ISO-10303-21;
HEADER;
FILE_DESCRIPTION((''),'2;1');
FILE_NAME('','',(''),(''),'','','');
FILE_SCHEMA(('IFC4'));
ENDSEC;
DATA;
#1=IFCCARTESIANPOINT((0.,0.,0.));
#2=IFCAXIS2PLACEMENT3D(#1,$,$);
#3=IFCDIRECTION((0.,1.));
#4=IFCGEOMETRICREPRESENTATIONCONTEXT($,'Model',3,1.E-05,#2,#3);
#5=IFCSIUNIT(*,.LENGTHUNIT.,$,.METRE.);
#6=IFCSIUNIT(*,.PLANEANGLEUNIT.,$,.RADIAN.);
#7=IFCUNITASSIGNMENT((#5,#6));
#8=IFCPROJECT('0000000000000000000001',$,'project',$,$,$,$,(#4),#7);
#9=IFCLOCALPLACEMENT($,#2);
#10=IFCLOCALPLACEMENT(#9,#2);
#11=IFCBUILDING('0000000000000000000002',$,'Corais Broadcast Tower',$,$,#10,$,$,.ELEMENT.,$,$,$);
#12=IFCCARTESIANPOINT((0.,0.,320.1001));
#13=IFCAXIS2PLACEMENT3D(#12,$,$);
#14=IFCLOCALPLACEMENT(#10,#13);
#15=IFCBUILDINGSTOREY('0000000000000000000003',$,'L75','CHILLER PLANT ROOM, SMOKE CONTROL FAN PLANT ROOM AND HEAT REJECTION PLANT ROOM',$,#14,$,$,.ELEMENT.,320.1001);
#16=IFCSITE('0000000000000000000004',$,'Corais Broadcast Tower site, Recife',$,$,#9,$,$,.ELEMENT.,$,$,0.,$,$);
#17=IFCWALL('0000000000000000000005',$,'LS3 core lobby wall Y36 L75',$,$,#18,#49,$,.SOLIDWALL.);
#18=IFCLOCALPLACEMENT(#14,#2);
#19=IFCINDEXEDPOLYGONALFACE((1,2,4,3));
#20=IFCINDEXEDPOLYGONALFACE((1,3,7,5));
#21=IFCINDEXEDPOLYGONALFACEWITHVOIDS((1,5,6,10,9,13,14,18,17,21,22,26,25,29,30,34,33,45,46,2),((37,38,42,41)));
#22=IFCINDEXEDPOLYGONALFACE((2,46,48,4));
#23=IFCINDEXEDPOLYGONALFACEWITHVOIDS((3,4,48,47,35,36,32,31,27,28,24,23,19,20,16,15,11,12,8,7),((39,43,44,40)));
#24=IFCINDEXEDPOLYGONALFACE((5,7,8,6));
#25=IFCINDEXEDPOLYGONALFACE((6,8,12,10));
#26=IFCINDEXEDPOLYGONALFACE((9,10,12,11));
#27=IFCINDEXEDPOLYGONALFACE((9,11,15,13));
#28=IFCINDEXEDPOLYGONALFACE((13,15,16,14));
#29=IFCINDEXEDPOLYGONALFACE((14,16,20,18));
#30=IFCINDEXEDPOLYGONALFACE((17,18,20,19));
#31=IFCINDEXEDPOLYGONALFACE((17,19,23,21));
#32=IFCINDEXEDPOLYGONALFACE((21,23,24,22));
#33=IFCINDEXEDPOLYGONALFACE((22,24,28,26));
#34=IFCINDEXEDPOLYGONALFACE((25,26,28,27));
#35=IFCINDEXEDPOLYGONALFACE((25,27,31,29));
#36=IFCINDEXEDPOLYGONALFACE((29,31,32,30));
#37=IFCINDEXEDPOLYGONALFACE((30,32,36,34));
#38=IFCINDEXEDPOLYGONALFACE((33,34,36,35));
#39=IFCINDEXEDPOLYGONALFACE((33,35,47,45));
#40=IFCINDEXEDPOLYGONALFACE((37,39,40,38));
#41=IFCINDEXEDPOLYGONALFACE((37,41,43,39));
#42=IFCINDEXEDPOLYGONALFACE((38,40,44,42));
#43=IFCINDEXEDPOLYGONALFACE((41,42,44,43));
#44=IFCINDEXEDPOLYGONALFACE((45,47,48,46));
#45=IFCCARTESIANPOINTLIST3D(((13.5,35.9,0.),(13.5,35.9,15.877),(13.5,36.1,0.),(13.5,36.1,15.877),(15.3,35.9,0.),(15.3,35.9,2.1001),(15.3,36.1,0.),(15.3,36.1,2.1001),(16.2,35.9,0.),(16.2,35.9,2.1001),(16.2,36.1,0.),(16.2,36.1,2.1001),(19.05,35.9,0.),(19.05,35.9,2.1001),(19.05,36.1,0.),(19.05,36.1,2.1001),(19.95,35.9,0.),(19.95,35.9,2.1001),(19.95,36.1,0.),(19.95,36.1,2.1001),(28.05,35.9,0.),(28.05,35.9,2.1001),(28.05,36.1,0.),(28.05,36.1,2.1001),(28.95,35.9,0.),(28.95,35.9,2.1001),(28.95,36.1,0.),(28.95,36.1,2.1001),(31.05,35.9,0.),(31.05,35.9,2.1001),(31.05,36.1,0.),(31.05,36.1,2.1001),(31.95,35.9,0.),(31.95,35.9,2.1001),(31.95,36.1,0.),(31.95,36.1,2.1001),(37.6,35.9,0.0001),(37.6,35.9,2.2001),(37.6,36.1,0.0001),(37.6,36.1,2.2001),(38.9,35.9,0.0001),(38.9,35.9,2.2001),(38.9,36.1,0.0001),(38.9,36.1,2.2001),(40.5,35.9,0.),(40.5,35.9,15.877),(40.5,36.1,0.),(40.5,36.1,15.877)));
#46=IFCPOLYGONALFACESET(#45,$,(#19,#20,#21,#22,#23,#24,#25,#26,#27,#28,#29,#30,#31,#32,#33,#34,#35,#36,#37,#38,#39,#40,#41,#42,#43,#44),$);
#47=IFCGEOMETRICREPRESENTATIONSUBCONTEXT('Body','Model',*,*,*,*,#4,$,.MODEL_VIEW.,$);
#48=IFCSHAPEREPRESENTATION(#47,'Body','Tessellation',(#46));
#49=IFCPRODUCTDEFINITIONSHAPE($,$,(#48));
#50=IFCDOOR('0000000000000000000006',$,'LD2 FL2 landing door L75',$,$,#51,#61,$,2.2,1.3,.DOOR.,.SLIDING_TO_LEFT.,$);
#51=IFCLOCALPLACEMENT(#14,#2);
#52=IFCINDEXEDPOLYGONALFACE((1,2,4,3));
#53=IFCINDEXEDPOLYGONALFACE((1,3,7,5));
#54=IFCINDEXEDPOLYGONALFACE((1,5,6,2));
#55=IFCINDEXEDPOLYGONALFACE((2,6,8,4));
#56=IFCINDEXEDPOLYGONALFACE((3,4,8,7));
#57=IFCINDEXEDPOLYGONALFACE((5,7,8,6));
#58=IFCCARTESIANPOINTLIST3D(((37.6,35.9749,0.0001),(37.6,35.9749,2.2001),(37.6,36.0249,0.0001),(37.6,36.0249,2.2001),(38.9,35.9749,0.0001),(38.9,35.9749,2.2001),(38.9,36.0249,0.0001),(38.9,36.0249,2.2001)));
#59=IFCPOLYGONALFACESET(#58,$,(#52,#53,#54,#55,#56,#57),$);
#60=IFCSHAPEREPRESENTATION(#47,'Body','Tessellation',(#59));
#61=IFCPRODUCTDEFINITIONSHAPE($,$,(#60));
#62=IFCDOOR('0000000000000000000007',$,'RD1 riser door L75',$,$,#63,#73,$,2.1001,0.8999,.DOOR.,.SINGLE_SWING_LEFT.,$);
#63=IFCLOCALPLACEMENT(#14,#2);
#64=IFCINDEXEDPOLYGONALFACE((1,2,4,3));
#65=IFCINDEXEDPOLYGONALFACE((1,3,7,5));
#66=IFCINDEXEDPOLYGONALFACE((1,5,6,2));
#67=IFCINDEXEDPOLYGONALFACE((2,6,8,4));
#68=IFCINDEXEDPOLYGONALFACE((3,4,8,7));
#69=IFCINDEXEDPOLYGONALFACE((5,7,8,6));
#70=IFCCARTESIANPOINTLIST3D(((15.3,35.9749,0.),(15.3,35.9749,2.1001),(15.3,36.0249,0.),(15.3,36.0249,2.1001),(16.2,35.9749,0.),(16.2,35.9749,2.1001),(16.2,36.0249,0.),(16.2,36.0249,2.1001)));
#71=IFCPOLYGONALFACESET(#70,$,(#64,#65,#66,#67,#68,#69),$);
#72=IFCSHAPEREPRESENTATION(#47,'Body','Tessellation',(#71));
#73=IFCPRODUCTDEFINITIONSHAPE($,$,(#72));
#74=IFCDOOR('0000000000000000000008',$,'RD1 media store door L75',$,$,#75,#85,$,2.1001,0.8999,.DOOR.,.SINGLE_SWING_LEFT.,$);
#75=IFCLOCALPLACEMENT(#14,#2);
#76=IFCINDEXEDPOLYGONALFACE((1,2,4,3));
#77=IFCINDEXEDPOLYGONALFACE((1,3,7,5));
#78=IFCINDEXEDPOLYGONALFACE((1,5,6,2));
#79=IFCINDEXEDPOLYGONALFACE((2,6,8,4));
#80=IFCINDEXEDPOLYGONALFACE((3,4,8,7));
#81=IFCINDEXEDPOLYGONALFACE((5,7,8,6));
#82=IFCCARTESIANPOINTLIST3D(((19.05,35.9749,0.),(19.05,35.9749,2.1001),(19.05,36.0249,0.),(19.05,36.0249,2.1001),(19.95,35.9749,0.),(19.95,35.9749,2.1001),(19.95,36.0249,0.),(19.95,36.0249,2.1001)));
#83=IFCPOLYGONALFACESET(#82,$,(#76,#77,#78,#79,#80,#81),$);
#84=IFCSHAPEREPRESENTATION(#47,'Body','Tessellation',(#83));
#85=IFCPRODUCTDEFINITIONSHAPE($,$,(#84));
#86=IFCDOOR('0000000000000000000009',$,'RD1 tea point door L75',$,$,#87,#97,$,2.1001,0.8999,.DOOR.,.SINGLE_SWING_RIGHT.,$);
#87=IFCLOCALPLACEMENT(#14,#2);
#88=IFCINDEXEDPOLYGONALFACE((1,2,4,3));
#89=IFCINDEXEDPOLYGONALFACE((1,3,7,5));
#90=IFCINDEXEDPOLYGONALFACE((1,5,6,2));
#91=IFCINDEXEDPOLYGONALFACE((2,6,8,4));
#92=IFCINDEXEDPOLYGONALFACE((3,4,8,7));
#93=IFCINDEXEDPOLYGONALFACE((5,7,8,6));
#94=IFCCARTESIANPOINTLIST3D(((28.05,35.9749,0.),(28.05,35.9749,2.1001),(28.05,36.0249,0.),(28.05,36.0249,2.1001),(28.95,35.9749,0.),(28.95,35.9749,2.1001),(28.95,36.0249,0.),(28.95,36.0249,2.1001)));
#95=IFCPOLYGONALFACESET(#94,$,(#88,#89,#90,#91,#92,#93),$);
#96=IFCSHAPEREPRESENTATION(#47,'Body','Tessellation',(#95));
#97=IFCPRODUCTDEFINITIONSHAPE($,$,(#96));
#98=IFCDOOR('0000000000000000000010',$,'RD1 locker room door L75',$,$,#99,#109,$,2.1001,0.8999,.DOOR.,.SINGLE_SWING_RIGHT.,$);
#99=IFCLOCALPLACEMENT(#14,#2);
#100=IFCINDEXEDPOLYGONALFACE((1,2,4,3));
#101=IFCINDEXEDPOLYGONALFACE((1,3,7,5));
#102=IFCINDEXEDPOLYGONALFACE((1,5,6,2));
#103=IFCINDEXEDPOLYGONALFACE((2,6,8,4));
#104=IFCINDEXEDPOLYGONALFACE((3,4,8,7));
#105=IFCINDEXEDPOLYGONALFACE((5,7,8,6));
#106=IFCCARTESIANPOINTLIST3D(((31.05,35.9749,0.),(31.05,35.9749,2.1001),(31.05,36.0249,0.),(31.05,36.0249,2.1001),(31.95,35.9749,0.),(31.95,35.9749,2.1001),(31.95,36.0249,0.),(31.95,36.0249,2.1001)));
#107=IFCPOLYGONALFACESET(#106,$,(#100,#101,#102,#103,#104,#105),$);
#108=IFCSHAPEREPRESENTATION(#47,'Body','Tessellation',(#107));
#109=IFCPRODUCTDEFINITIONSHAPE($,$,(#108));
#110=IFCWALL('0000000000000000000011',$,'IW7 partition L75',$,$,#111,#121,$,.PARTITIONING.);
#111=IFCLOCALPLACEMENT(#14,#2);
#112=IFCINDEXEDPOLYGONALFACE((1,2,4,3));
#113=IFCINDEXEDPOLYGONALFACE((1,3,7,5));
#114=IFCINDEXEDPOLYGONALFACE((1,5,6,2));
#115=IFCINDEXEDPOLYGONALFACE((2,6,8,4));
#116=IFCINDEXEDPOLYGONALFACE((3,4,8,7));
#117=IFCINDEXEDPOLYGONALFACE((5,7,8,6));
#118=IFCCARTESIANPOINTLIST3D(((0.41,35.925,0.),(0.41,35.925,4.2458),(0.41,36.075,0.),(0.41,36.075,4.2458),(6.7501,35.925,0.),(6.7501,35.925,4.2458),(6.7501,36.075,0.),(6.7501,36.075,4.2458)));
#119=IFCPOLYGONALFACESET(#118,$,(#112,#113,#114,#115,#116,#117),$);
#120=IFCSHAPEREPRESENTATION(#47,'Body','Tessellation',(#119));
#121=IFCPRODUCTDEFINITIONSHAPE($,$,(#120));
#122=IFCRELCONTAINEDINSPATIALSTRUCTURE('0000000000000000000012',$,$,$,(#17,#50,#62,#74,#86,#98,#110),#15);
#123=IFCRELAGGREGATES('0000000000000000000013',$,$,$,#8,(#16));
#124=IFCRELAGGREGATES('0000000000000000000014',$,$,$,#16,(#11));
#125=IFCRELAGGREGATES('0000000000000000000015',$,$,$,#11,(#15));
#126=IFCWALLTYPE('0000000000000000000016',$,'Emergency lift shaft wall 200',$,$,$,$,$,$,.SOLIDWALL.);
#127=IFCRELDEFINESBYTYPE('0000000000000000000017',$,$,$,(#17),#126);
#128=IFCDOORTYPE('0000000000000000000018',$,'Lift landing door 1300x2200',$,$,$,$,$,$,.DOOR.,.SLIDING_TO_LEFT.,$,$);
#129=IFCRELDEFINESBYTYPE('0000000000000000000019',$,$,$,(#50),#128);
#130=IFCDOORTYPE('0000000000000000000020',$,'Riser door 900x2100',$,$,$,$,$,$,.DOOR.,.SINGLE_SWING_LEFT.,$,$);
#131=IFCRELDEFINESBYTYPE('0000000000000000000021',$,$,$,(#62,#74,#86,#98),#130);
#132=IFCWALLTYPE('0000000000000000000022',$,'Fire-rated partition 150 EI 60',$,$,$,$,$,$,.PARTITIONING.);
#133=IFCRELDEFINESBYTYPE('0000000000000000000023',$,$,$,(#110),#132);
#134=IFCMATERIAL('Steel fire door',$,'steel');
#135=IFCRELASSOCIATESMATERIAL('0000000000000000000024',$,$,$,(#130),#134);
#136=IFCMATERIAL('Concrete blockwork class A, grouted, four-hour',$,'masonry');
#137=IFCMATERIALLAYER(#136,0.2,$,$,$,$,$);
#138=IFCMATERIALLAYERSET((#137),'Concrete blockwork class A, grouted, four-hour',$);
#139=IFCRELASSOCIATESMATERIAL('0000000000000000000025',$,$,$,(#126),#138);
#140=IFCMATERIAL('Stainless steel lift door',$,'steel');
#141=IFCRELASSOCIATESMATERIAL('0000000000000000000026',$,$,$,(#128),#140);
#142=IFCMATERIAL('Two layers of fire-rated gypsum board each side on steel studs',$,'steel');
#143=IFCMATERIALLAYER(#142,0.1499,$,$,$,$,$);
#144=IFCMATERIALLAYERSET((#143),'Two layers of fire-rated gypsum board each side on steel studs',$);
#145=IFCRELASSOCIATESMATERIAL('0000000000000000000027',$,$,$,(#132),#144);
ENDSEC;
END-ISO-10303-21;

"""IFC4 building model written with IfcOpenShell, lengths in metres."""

from ifc_helpers import new_model, si_unit, direction, frame, frame_2d, origin, place, context, subcontext, project, spatial, rectangle, extrude, material, layer, layer_set, type_object, element, fill, save


model = new_model("IFC4")

# Units and contexts
model_context = context("Model", 3, precision=1e-05, world=origin(), true_north=direction((0.0, 1.0)))
body_context = subcontext(model_context, "Body", "Model", "MODEL_VIEW")
ifc_project = project(units=[si_unit("LENGTHUNIT", "METRE"), si_unit("PLANEANGLEUNIT", "RADIAN")], contexts=[model_context])

# Site, building, storey
site_placement = place(None, origin())
site = spatial("IfcSite", under=ifc_project, at=site_placement, Name="Corais Broadcast Tower site, Recife", CompositionType="ELEMENT", RefElevation=0.0)
building_placement = place(site_placement, origin())
building = spatial("IfcBuilding", under=site, at=building_placement, Name="Corais Broadcast Tower", CompositionType="ELEMENT")
storey_placement = place(building_placement, frame((0.0, 0.0, 320.1001)))
storey = spatial("IfcBuildingStorey", under=building, at=storey_placement, Name="L75", Description="CHILLER PLANT ROOM, SMOKE CONTROL FAN PLANT ROOM AND HEAT REJECTION PLANT ROOM", CompositionType="ELEMENT", Elevation=320.1001)

# Wall, openings, doors
ifc_material_1 = material(Name="Steel fire door", Category="steel")
door_type_1 = type_object("IfcDoorType", Name="Riser door 900x2100", OperationType="SINGLE_SWING_LEFT", PredefinedType="DOOR", material=ifc_material_1)
ifc_material_2 = material(Name="Concrete blockwork class A, grouted, four-hour", Category="masonry")
ifc_layer_1 = layer(ifc_material_2, 0.2)
ifc_layer_set_1 = layer_set([ifc_layer_1], Name="Concrete blockwork class A, grouted, four-hour")
wall_type_1 = type_object("IfcWallType", Name="Emergency lift shaft wall 200", PredefinedType="SOLIDWALL", material=ifc_layer_set_1)
wall_1_placement = place(storey_placement, frame((13.5, 36.0, 0.0), z_axis=(0.0, 0.0, 1.0), x_axis=(1.0, 0.0, 0.0)))
wall_1 = element("IfcWall", 1, at=wall_1_placement, inside=storey, type_object=wall_type_1, Name="LS3 core lobby wall Y36 L75", PredefinedType="SOLIDWALL", context=body_context, shape_type="SweptSolid", body=[
    extrude(rectangle(XDim=27.0, YDim=0.2, at=frame_2d((13.5, 0.0))), origin(), (0.0, 0.0, 1.0), 15.877),
])
opening_1_placement = place(wall_1_placement, frame((1.8, 0.0, 0.0)))
opening_1 = element("IfcOpeningElement", 2, at=opening_1_placement, cuts=wall_1, PredefinedType="OPENING", context=body_context, shape_type="SweptSolid", body=[
    extrude(rectangle(XDim=0.8999, YDim=2.1001, at=frame_2d((0.45, 1.05))), frame((0.0, 0.1099, 0.0), z_axis=(0.0, -1.0, 0.0), x_axis=(1.0, 0.0, 0.0)), (0.0, 0.0, 1.0), 0.22),
])
opening_2_placement = place(wall_1_placement, frame((5.55, 0.0, 0.0)))
opening_2 = element("IfcOpeningElement", 3, at=opening_2_placement, cuts=wall_1, PredefinedType="OPENING", context=body_context, shape_type="SweptSolid", body=[
    extrude(rectangle(XDim=0.8999, YDim=2.1001, at=frame_2d((0.45, 1.05))), frame((0.0, 0.1099, 0.0), z_axis=(0.0, -1.0, 0.0), x_axis=(1.0, 0.0, 0.0)), (0.0, 0.0, 1.0), 0.22),
])
opening_3_placement = place(wall_1_placement, frame((14.55, 0.0, 0.0)))
opening_3 = element("IfcOpeningElement", 4, at=opening_3_placement, cuts=wall_1, PredefinedType="OPENING", context=body_context, shape_type="SweptSolid", body=[
    extrude(rectangle(XDim=0.8999, YDim=2.1001, at=frame_2d((0.45, 1.05))), frame((0.0, 0.1099, 0.0), z_axis=(0.0, -1.0, 0.0), x_axis=(1.0, 0.0, 0.0)), (0.0, 0.0, 1.0), 0.22),
])
opening_4_placement = place(wall_1_placement, frame((17.55, 0.0, 0.0)))
opening_4 = element("IfcOpeningElement", 5, at=opening_4_placement, cuts=wall_1, PredefinedType="OPENING", context=body_context, shape_type="SweptSolid", body=[
    extrude(rectangle(XDim=0.8999, YDim=2.1001, at=frame_2d((0.45, 1.05))), frame((0.0, 0.1099, 0.0), z_axis=(0.0, -1.0, 0.0), x_axis=(1.0, 0.0, 0.0)), (0.0, 0.0, 1.0), 0.22),
])
opening_5_placement = place(wall_1_placement, frame((24.1001, 0.0, 0.0)))
opening_5 = element("IfcOpeningElement", 6, at=opening_5_placement, cuts=wall_1, PredefinedType="OPENING", context=body_context, shape_type="SweptSolid", body=[
    extrude(rectangle(XDim=1.3, YDim=2.2, at=frame_2d((0.6499, 1.1001))), frame((0.0, 0.1099, 0.0), z_axis=(0.0, -1.0, 0.0), x_axis=(1.0, 0.0, 0.0)), (0.0, 0.0, 1.0), 0.22),
])
ifc_material_3 = material(Name="Stainless steel lift door", Category="steel")
door_type_2 = type_object("IfcDoorType", Name="Lift landing door 1300x2200", OperationType="SLIDING_TO_LEFT", PredefinedType="DOOR", material=ifc_material_3)
door_1_placement = place(opening_5_placement, origin())
door_1 = element("IfcDoor", 7, at=door_1_placement, inside=storey, type_object=door_type_2, Name="LD2 FL2 landing door L75", OperationType="SLIDING_TO_LEFT", OverallHeight=2.2, OverallWidth=1.3, PredefinedType="DOOR", context=body_context, shape_type="SweptSolid", body=[
    extrude(rectangle(XDim=1.3, YDim=2.2, at=frame_2d((0.6499, 1.1001))), frame((0.0, 0.0249, 0.0), z_axis=(0.0, -1.0, 0.0), x_axis=(1.0, 0.0, 0.0)), (0.0, 0.0, 1.0), 0.05),
])
fill(opening_5, door_1)
door_2_placement = place(opening_1_placement, origin())
door_2 = element("IfcDoor", 8, at=door_2_placement, inside=storey, type_object=door_type_1, Name="RD1 riser door L75", OperationType="SINGLE_SWING_LEFT", OverallHeight=2.1001, OverallWidth=0.8999, PredefinedType="DOOR", context=body_context, shape_type="SweptSolid", body=[
    extrude(rectangle(XDim=0.8999, YDim=2.1001, at=frame_2d((0.45, 1.05))), frame((0.0, 0.0249, 0.0), z_axis=(0.0, -1.0, 0.0), x_axis=(1.0, 0.0, 0.0)), (0.0, 0.0, 1.0), 0.05),
])
fill(opening_1, door_2)
door_3_placement = place(opening_2_placement, origin())
door_3 = element("IfcDoor", 9, at=door_3_placement, inside=storey, type_object=door_type_1, Name="RD1 media store door L75", OperationType="SINGLE_SWING_LEFT", OverallHeight=2.1001, OverallWidth=0.8999, PredefinedType="DOOR", context=body_context, shape_type="SweptSolid", body=[
    extrude(rectangle(XDim=0.8999, YDim=2.1001, at=frame_2d((0.45, 1.05))), frame((0.0, 0.0249, 0.0), z_axis=(0.0, -1.0, 0.0), x_axis=(1.0, 0.0, 0.0)), (0.0, 0.0, 1.0), 0.05),
])
fill(opening_2, door_3)
door_4_placement = place(opening_3_placement, origin())
door_4 = element("IfcDoor", 10, at=door_4_placement, inside=storey, type_object=door_type_1, Name="RD1 tea point door L75", OperationType="SINGLE_SWING_RIGHT", OverallHeight=2.1001, OverallWidth=0.8999, PredefinedType="DOOR", context=body_context, shape_type="SweptSolid", body=[
    extrude(rectangle(XDim=0.8999, YDim=2.1001, at=frame_2d((0.45, 1.05))), frame((0.0, 0.0249, 0.0), z_axis=(0.0, -1.0, 0.0), x_axis=(1.0, 0.0, 0.0)), (0.0, 0.0, 1.0), 0.05),
])
fill(opening_3, door_4)
door_5_placement = place(opening_4_placement, origin())
door_5 = element("IfcDoor", 11, at=door_5_placement, inside=storey, type_object=door_type_1, Name="RD1 locker room door L75", OperationType="SINGLE_SWING_RIGHT", OverallHeight=2.1001, OverallWidth=0.8999, PredefinedType="DOOR", context=body_context, shape_type="SweptSolid", body=[
    extrude(rectangle(XDim=0.8999, YDim=2.1001, at=frame_2d((0.45, 1.05))), frame((0.0, 0.0249, 0.0), z_axis=(0.0, -1.0, 0.0), x_axis=(1.0, 0.0, 0.0)), (0.0, 0.0, 1.0), 0.05),
])
fill(opening_4, door_5)

# Wall
ifc_material_4 = material(Name="Two layers of fire-rated gypsum board each side on steel studs", Category="steel")
ifc_layer_2 = layer(ifc_material_4, 0.1499)
ifc_layer_set_2 = layer_set([ifc_layer_2], Name="Two layers of fire-rated gypsum board each side on steel studs")
wall_type_2 = type_object("IfcWallType", Name="Fire-rated partition 150 EI 60", PredefinedType="PARTITIONING", material=ifc_layer_set_2)
wall_2_placement = place(storey_placement, frame((6.75, 36.0, 0.0), z_axis=(0.0, 0.0, 1.0), x_axis=(-1.0, 0.0, 0.0)))
element("IfcWall", 12, at=wall_2_placement, inside=storey, type_object=wall_type_2, Name="IW7 partition L75", PredefinedType="PARTITIONING", context=body_context, shape_type="SweptSolid", body=[
    extrude(rectangle(XDim=6.3401, YDim=0.1499, at=frame_2d((3.1699, 0.0))), origin(), (0.0, 0.0, 1.0), 4.2458),
])

save(model, "model.ifc")
